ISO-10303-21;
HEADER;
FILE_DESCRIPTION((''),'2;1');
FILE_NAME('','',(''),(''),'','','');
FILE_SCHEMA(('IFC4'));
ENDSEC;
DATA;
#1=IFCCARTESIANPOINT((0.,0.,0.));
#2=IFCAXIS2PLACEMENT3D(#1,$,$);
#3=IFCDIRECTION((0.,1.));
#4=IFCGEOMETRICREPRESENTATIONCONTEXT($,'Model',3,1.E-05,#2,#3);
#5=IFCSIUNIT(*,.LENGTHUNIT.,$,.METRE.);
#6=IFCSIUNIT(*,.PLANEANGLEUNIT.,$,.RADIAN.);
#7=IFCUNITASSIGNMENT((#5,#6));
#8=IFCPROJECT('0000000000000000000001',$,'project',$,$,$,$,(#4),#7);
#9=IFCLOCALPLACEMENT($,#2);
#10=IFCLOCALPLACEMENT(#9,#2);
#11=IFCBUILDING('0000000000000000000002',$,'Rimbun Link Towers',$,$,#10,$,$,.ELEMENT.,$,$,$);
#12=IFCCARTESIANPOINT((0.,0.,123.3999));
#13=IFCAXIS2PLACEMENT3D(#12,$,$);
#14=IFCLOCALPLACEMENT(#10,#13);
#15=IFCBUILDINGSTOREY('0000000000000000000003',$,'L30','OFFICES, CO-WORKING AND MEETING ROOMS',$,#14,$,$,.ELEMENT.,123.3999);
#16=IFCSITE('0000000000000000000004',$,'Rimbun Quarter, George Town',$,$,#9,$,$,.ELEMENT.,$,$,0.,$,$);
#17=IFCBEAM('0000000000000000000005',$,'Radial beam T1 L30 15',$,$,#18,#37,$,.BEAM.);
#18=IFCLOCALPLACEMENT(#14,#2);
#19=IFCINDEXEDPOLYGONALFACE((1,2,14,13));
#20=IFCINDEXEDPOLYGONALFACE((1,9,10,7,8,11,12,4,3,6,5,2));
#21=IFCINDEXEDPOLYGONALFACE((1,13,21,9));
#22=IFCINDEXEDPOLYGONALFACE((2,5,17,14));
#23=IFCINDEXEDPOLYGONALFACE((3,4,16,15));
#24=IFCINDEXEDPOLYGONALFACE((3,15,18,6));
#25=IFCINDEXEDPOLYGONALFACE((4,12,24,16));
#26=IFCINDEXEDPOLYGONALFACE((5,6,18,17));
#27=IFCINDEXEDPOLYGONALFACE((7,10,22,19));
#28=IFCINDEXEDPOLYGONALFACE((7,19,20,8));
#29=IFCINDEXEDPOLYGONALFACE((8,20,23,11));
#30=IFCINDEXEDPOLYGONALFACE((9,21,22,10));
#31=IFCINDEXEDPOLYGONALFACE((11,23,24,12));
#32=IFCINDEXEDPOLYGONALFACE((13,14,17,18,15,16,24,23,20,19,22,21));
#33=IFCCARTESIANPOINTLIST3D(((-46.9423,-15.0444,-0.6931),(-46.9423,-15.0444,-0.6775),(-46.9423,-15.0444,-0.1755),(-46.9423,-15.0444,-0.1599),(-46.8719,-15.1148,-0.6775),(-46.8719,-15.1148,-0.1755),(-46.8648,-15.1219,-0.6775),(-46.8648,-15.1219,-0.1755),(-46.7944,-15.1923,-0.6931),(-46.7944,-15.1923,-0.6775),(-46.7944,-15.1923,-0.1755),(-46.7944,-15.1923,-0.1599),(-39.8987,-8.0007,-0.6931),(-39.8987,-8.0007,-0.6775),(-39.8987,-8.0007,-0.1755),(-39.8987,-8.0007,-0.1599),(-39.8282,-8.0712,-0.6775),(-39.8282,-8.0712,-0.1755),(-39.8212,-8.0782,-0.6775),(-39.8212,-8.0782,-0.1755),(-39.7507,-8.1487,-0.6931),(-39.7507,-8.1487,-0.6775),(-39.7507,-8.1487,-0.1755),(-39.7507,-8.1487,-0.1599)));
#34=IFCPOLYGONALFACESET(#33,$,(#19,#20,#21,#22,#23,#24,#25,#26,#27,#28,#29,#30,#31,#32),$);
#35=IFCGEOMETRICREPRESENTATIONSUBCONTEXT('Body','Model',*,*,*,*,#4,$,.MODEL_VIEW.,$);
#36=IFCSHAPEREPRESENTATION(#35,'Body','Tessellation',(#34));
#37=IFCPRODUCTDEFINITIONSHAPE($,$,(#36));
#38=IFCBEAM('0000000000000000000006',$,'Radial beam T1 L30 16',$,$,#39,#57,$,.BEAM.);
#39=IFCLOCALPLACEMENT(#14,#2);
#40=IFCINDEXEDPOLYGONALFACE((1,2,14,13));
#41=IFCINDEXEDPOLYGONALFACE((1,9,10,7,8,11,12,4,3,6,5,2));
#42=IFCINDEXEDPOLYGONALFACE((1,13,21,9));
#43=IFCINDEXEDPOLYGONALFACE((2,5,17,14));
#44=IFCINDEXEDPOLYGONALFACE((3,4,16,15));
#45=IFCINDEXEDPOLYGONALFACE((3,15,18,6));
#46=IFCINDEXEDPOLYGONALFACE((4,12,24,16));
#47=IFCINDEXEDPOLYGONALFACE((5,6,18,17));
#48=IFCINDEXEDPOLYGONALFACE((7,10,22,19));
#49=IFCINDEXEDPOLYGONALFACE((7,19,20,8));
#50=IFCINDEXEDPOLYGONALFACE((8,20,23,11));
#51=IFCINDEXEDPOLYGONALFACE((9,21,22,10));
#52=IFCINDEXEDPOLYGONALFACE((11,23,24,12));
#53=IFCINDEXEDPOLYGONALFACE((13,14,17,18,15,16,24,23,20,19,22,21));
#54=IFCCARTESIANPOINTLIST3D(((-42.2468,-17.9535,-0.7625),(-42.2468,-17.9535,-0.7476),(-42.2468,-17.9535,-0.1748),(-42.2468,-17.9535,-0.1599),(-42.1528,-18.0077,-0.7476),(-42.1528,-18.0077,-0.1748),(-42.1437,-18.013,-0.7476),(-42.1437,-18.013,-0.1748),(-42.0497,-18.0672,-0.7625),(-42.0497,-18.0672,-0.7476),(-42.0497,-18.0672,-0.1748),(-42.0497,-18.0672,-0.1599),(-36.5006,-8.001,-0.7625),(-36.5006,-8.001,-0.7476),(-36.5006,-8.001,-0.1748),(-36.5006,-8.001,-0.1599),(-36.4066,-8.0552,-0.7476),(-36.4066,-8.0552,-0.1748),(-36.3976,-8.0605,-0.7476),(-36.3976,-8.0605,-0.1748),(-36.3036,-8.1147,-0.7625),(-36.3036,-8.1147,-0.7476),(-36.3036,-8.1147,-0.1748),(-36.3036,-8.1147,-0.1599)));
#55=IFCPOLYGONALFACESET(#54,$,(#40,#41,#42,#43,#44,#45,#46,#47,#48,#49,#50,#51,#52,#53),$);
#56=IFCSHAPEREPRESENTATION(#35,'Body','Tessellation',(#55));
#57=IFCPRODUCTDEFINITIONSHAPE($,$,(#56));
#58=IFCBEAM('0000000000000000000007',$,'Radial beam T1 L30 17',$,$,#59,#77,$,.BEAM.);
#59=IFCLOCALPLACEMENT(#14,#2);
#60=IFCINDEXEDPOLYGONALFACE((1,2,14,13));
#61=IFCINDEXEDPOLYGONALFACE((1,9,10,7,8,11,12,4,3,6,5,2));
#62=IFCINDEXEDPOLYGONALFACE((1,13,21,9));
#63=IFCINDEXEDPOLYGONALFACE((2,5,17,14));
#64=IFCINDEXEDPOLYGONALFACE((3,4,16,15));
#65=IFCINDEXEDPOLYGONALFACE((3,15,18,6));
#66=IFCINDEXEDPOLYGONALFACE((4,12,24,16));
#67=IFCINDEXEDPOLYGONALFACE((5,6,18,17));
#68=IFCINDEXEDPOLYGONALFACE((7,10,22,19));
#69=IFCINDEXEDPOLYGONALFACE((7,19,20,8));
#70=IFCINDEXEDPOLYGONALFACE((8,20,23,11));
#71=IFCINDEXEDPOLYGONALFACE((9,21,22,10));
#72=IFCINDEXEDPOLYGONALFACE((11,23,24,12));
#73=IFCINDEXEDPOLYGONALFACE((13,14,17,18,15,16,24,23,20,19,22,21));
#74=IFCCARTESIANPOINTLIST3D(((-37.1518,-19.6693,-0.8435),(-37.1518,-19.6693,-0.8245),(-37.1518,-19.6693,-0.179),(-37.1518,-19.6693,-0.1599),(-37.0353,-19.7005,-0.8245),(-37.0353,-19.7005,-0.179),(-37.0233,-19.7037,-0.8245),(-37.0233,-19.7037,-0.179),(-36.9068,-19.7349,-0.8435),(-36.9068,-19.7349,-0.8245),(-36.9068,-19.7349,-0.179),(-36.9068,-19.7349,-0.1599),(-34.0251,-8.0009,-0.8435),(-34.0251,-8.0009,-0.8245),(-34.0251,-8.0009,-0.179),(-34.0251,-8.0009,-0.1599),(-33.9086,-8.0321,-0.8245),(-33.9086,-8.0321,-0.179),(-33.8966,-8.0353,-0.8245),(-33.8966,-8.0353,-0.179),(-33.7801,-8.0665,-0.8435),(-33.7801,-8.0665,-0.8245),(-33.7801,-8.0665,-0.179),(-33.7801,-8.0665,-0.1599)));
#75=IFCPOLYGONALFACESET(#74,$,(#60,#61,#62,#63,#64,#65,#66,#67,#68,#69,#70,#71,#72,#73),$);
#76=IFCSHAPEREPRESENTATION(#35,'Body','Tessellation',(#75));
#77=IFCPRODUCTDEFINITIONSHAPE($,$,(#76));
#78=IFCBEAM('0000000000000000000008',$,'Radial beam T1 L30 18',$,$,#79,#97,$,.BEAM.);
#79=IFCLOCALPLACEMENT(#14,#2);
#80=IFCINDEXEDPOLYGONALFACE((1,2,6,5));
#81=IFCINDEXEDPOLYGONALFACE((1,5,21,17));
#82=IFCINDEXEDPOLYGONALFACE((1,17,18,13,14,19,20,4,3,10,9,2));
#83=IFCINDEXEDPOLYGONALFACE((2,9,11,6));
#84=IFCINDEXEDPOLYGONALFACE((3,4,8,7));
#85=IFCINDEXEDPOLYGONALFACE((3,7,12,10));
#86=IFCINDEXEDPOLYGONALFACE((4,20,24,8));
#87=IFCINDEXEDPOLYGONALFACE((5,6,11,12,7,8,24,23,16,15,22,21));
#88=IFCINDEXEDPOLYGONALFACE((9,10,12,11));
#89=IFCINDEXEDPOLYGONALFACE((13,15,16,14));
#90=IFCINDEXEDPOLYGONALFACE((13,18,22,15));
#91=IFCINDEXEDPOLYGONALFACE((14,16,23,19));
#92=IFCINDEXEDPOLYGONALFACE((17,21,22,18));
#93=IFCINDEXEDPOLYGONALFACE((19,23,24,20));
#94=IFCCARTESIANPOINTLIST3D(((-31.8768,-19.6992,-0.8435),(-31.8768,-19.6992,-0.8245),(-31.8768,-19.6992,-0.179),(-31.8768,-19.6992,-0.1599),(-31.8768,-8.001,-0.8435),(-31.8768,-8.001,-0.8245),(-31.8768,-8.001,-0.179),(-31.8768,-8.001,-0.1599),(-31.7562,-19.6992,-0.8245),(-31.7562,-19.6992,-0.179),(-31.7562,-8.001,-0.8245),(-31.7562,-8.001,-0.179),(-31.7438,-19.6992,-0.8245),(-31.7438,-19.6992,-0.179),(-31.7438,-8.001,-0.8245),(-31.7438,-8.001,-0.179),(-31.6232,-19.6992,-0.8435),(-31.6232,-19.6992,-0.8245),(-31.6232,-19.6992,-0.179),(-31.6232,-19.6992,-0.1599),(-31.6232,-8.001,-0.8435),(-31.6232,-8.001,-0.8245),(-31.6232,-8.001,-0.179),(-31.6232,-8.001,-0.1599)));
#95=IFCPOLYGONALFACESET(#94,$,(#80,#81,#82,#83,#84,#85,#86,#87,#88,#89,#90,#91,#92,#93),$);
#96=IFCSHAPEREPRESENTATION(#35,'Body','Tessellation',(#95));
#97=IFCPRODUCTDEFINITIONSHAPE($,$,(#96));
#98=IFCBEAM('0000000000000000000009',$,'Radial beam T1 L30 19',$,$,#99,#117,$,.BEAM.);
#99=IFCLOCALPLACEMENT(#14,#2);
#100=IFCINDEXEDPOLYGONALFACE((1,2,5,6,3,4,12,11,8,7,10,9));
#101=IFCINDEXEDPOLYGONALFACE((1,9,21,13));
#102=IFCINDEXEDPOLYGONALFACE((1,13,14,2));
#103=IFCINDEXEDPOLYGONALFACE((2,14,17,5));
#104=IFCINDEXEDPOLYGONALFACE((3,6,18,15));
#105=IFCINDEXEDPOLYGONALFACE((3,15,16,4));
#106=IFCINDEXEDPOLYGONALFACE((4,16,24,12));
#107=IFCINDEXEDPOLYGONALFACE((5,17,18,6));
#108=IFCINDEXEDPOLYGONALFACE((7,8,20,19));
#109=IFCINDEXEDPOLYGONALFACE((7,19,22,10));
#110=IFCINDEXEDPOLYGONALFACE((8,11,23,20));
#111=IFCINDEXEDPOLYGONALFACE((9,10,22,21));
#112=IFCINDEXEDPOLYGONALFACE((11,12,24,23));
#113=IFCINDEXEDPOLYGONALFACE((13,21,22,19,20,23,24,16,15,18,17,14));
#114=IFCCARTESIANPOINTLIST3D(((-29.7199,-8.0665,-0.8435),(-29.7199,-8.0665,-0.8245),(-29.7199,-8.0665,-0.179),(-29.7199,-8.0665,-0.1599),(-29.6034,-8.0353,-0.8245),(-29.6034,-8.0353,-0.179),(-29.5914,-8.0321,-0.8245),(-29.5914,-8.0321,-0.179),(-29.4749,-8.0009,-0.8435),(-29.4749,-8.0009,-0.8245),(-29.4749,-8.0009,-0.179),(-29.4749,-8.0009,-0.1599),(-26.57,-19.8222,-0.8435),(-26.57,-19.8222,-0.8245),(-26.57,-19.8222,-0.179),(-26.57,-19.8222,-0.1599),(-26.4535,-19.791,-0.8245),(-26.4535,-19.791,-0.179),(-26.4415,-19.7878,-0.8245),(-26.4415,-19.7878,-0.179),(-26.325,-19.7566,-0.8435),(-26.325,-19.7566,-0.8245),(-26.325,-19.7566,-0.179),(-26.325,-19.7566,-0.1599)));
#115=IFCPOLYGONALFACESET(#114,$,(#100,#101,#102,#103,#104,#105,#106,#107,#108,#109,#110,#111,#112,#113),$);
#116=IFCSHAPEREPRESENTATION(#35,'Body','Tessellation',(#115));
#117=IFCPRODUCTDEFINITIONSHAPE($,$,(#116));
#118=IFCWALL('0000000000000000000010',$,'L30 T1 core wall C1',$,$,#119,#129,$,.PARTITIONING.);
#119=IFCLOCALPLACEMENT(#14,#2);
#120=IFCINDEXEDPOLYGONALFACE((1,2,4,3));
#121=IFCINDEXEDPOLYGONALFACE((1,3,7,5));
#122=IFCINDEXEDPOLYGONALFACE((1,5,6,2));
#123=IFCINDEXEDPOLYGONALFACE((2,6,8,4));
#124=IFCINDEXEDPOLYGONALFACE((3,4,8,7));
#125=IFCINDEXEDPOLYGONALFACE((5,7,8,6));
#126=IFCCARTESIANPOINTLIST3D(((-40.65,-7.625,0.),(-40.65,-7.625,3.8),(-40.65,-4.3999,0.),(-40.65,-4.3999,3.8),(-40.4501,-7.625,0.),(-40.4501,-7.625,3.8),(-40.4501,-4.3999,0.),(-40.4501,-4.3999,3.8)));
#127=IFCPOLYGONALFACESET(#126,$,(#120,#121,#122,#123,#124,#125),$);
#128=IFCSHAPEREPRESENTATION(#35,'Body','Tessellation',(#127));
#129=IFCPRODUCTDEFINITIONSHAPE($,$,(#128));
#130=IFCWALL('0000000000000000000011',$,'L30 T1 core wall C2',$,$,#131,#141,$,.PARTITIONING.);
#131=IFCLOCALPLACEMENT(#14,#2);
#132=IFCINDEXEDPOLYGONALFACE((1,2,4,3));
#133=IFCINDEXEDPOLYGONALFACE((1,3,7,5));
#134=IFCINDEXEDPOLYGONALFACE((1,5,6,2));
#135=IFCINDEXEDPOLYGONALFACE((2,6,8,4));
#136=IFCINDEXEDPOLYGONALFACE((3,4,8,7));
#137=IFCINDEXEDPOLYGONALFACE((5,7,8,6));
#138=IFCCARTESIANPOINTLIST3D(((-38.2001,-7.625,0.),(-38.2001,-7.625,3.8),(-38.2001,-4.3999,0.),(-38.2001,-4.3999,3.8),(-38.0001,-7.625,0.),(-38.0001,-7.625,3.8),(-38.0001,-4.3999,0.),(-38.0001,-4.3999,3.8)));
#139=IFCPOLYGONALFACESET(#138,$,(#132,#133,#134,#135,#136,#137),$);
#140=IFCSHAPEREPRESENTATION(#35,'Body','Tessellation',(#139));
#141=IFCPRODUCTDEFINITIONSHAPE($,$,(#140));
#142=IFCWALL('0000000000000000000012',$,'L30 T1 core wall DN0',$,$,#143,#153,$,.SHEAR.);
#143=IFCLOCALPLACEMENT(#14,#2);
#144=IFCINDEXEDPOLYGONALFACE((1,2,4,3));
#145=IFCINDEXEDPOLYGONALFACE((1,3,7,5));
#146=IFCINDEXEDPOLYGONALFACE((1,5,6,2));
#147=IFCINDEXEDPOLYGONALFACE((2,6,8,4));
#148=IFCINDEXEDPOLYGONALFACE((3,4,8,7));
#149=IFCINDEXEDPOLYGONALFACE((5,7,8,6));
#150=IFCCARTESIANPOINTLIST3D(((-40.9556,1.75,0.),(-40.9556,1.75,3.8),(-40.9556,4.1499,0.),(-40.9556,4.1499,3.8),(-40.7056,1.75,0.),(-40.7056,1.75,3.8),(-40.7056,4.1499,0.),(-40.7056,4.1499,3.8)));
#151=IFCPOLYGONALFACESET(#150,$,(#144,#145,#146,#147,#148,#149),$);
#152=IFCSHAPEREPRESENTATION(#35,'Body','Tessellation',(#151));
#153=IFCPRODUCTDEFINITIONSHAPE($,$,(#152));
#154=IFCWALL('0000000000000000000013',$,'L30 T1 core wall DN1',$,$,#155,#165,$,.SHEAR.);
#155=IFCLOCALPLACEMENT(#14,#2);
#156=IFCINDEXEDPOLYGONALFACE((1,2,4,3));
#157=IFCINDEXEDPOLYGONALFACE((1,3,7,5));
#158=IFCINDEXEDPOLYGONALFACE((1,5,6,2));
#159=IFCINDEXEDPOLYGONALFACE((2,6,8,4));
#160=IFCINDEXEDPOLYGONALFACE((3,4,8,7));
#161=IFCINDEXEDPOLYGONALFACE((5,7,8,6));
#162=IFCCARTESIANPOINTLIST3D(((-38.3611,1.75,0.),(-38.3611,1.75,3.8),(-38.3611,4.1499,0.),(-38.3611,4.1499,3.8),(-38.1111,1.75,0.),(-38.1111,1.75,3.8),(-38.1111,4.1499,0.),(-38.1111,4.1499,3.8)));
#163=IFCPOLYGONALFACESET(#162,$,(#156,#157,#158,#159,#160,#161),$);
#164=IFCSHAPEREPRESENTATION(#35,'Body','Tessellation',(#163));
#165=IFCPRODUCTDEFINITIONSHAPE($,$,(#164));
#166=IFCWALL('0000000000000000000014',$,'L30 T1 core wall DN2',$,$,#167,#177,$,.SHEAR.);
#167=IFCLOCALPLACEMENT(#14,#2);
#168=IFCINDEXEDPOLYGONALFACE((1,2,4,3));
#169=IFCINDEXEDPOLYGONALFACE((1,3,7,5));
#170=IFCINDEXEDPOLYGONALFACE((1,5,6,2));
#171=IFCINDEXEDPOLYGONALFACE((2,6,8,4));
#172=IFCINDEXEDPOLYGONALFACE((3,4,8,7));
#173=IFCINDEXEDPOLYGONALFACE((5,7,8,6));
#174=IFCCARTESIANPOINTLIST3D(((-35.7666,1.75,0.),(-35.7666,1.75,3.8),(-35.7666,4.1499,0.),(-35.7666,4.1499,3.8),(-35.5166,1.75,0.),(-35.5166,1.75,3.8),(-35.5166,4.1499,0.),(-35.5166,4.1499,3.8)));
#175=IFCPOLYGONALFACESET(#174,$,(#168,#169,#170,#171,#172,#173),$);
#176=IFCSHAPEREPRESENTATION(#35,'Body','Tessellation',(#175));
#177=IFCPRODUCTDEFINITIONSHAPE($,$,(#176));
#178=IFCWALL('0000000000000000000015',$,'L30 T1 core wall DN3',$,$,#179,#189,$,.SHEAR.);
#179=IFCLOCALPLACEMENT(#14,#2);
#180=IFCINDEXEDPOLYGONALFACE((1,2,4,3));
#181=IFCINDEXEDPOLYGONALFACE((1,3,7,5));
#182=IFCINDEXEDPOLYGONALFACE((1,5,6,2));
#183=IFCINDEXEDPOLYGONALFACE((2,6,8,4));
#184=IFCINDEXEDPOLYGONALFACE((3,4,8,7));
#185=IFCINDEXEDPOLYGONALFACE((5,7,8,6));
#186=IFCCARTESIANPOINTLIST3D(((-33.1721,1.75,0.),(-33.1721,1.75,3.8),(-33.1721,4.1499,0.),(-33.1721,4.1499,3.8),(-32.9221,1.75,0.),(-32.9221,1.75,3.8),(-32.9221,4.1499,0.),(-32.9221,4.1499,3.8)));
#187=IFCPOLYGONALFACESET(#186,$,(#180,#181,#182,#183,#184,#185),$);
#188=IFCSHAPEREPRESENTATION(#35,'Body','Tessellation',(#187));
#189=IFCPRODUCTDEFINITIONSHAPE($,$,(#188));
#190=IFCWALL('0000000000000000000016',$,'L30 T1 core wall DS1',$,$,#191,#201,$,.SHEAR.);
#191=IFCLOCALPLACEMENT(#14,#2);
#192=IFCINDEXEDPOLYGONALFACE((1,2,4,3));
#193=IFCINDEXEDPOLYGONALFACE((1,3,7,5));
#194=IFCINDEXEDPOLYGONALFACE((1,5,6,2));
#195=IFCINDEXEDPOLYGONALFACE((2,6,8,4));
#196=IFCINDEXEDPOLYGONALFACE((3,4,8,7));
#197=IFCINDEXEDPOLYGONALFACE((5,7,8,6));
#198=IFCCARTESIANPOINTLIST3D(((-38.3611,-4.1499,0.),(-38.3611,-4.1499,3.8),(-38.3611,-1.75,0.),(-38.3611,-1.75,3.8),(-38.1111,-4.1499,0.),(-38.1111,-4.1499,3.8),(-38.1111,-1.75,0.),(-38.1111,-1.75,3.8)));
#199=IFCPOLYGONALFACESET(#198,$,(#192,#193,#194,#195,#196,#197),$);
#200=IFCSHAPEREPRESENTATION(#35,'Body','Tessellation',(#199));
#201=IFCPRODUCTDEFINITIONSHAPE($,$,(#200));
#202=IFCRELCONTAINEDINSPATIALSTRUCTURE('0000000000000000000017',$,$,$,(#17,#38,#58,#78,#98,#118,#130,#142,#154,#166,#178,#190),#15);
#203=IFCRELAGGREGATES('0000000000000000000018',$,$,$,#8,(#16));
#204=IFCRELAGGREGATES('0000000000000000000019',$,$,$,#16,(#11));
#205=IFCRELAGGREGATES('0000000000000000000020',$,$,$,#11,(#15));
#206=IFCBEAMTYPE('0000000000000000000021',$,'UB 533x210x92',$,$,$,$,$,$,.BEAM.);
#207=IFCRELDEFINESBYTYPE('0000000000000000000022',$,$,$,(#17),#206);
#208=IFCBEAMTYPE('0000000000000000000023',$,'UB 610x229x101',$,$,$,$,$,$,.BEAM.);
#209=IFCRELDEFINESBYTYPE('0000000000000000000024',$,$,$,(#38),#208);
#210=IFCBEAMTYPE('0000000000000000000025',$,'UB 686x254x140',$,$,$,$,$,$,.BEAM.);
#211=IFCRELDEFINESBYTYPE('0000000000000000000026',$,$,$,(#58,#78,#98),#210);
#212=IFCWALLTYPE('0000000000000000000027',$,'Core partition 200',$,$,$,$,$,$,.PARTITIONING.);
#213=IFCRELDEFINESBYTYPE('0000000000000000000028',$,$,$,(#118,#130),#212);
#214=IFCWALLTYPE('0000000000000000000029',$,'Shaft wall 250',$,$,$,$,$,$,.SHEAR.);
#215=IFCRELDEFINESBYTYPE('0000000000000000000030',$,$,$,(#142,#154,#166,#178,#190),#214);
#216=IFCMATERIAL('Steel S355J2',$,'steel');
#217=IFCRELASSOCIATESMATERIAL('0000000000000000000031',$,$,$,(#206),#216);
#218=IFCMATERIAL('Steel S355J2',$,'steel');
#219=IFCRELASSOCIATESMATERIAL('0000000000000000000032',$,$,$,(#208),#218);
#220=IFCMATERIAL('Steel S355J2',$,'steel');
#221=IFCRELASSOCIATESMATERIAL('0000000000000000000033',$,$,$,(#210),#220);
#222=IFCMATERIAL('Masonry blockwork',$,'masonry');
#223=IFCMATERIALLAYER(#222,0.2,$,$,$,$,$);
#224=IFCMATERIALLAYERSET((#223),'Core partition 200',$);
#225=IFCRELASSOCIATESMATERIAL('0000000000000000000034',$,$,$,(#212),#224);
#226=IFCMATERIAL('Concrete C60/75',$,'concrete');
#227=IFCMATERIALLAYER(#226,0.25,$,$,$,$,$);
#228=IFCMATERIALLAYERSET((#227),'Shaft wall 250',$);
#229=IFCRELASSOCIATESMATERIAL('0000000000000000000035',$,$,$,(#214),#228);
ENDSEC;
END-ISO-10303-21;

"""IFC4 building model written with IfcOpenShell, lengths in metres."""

from ifc_helpers import new_model, si_unit, direction, frame, frame_2d, origin, origin_2d, place, context, subcontext, project, spatial, rectangle, i_section, extrude, material, layer, layer_set, material_profile, profile_set, type_object, element, save


model = new_model("IFC4")

# Units and contexts
model_context = context("Model", 3, precision=1e-05, world=origin(), true_north=direction((0.0, 1.0)))
body_context = subcontext(model_context, "Body", "Model", "MODEL_VIEW")
ifc_project = project(units=[si_unit("LENGTHUNIT", "METRE"), si_unit("PLANEANGLEUNIT", "RADIAN")], contexts=[model_context])

# Site, building, storey
site_placement = place(None, origin())
site = spatial("IfcSite", under=ifc_project, at=site_placement, Name="Rimbun Quarter, George Town", CompositionType="ELEMENT", RefElevation=0.0)
building_placement = place(site_placement, origin())
building = spatial("IfcBuilding", under=site, at=building_placement, Name="Rimbun Link Towers", CompositionType="ELEMENT")
storey_placement = place(building_placement, frame((0.0, 0.0, 123.3999)))
storey = spatial("IfcBuildingStorey", under=building, at=storey_placement, Name="L30", Description="OFFICES, CO-WORKING AND MEETING ROOMS", CompositionType="ELEMENT", Elevation=123.3999)

# Beams
ifc_material_1 = material(Name="Steel S355J2", Category="steel")
ifc_material_profile_1 = material_profile(ifc_material_1, i_section(OverallWidth=0.2092, OverallDepth=0.5332, WebThickness=0.01, FlangeThickness=0.0156, at=origin_2d()), Name="UB 533x210x92")
ifc_profile_set_1 = profile_set([ifc_material_profile_1], Name="Steel S355J2")
beam_type_1 = type_object("IfcBeamType", Name="UB 533x210x92", PredefinedType="BEAM", material=ifc_profile_set_1)
beam_1_placement = place(storey_placement, frame((-39.8247, -8.0747, -0.4265), z_axis=(-0.707107, -0.707107, 0.0), x_axis=(0.707107, -0.707107, 0.0)))
element("IfcBeam", 1, at=beam_1_placement, inside=storey, type_object=beam_type_1, Name="Radial beam T1 L30 15", PredefinedType="BEAM", context=body_context, shape_type="SweptSolid", body=[
    extrude(i_section(OverallWidth=0.2092, OverallDepth=0.5332, WebThickness=0.01, FlangeThickness=0.0156, at=origin_2d()), origin(), (0.0, 0.0, 1.0), 9.9612),
])
ifc_material_2 = material(Name="Steel S355J2", Category="steel")
ifc_material_profile_2 = material_profile(ifc_material_2, i_section(OverallWidth=0.2275, OverallDepth=0.6025, WebThickness=0.0105, FlangeThickness=0.0149, at=origin_2d()), Name="UB 610x229x101")
ifc_profile_set_2 = profile_set([ifc_material_profile_2], Name="Steel S355J2")
beam_type_2 = type_object("IfcBeamType", Name="UB 610x229x101", PredefinedType="BEAM", material=ifc_profile_set_2)
beam_2_placement = place(storey_placement, frame((-36.4021, -8.0579, -0.4612), z_axis=(-0.500005, -0.866022, 0.0), x_axis=(0.866022, -0.500005, 0.0)))
element("IfcBeam", 2, at=beam_2_placement, inside=storey, type_object=beam_type_2, Name="Radial beam T1 L30 16", PredefinedType="BEAM", context=body_context, shape_type="SweptSolid", body=[
    extrude(i_section(OverallWidth=0.2275, OverallDepth=0.6025, WebThickness=0.0105, FlangeThickness=0.0149, at=origin_2d()), origin(), (0.0, 0.0, 1.0), 11.4922),
])
ifc_material_3 = material(Name="Steel S355J2", Category="steel")
ifc_material_profile_3 = material_profile(ifc_material_3, i_section(OverallWidth=0.2537, OverallDepth=0.6836, WebThickness=0.0125, FlangeThickness=0.019, at=origin_2d()), Name="UB 686x254x140")
ifc_profile_set_3 = profile_set([ifc_material_profile_3], Name="Steel S355J2")
beam_type_3 = type_object("IfcBeamType", Name="UB 686x254x140", PredefinedType="BEAM", material=ifc_profile_set_3)
beam_3_placement = place(storey_placement, frame((-33.9026, -8.0337, -0.5017), z_axis=(-0.258831, -0.965923, 0.0), x_axis=(0.965923, -0.258831, 0.0)))
element("IfcBeam", 3, at=beam_3_placement, inside=storey, type_object=beam_type_3, Name="Radial beam T1 L30 17", PredefinedType="BEAM", context=body_context, shape_type="SweptSolid", body=[
    extrude(i_section(OverallWidth=0.2537, OverallDepth=0.6836, WebThickness=0.0125, FlangeThickness=0.019, at=origin_2d()), origin(), (0.0, 0.0, 1.0), 12.0801),
])
beam_4_placement = place(storey_placement, frame((-31.75, -8.001, -0.5017), z_axis=(0.0, -1.0, 0.0), x_axis=(1.0, 0.0, 0.0)))
element("IfcBeam", 4, at=beam_4_placement, inside=storey, type_object=beam_type_3, Name="Radial beam T1 L30 18", PredefinedType="BEAM", context=body_context, shape_type="SweptSolid", body=[
    extrude(i_section(OverallWidth=0.2537, OverallDepth=0.6836, WebThickness=0.0125, FlangeThickness=0.019, at=origin_2d()), origin(), (0.0, 0.0, 1.0), 11.6982),
])
beam_5_placement = place(storey_placement, frame((-29.5974, -8.0337, -0.5017), z_axis=(0.258819, -0.965926, 0.0), x_axis=(0.965926, 0.258819, 0.0)))
element("IfcBeam", 5, at=beam_5_placement, inside=storey, type_object=beam_type_3, Name="Radial beam T1 L30 19", PredefinedType="BEAM", context=body_context, shape_type="SweptSolid", body=[
    extrude(i_section(OverallWidth=0.2537, OverallDepth=0.6836, WebThickness=0.0125, FlangeThickness=0.019, at=origin_2d()), origin(), (0.0, 0.0, 1.0), 12.1704),
])

# Walls
ifc_material_4 = material(Name="Masonry blockwork", Category="masonry")
ifc_layer_1 = layer(ifc_material_4, 0.2)
ifc_layer_set_1 = layer_set([ifc_layer_1], Name="Core partition 200")
wall_type_1 = type_object("IfcWallType", Name="Core partition 200", PredefinedType="PARTITIONING", material=ifc_layer_set_1)
for number, where, z_axis, x_axis, name in (
    (6, (-40.55, -4.3999, 0.0), (0.0, 0.0, 1.0), (0.0, -1.0, 0.0), "L30 T1 core wall C1"),
    (7, (-38.1001, -4.3999, 0.0), (0.0, 0.0, 1.0), (0.0, -1.0, 0.0), "L30 T1 core wall C2"),
):
    element("IfcWall", number, at=place(storey_placement, frame(where, z_axis=z_axis, x_axis=x_axis)), inside=storey, type_object=wall_type_1, Name=name, PredefinedType="PARTITIONING", context=body_context, shape_type="SweptSolid", body=[
        extrude(rectangle(XDim=3.2251, YDim=0.2, at=frame_2d((1.6125, 0.0))), origin(), (0.0, 0.0, 1.0), 3.8),
    ])
ifc_material_5 = material(Name="Concrete C60/75", Category="concrete")
ifc_layer_2 = layer(ifc_material_5, 0.25)
ifc_layer_set_2 = layer_set([ifc_layer_2], Name="Shaft wall 250")
wall_type_2 = type_object("IfcWallType", Name="Shaft wall 250", PredefinedType="SHEAR", material=ifc_layer_set_2)
for number, where, z_axis, x_axis, name in (
    (8, (-40.8306, 1.75, 0.0), (0.0, 0.0, 1.0), (0.0, 1.0, 0.0), "L30 T1 core wall DN0"),
    (9, (-38.2361, 1.75, 0.0), (0.0, 0.0, 1.0), (0.0, 1.0, 0.0), "L30 T1 core wall DN1"),
    (10, (-35.6416, 1.75, 0.0), (0.0, 0.0, 1.0), (0.0, 1.0, 0.0), "L30 T1 core wall DN2"),
    (11, (-33.0471, 1.75, 0.0), (0.0, 0.0, 1.0), (0.0, 1.0, 0.0), "L30 T1 core wall DN3"),
    (12, (-38.2361, -4.1499, 0.0), (0.0, 0.0, 1.0), (0.0, 1.0, 0.0), "L30 T1 core wall DS1"),
):
    element("IfcWall", number, at=place(storey_placement, frame(where, z_axis=z_axis, x_axis=x_axis)), inside=storey, type_object=wall_type_2, Name=name, PredefinedType="SHEAR", context=body_context, shape_type="SweptSolid", body=[
        extrude(rectangle(XDim=2.3999, YDim=0.25, at=frame_2d((1.2, 0.0))), origin(), (0.0, 0.0, 1.0), 3.8),
    ])

save(model, "model.ifc")
